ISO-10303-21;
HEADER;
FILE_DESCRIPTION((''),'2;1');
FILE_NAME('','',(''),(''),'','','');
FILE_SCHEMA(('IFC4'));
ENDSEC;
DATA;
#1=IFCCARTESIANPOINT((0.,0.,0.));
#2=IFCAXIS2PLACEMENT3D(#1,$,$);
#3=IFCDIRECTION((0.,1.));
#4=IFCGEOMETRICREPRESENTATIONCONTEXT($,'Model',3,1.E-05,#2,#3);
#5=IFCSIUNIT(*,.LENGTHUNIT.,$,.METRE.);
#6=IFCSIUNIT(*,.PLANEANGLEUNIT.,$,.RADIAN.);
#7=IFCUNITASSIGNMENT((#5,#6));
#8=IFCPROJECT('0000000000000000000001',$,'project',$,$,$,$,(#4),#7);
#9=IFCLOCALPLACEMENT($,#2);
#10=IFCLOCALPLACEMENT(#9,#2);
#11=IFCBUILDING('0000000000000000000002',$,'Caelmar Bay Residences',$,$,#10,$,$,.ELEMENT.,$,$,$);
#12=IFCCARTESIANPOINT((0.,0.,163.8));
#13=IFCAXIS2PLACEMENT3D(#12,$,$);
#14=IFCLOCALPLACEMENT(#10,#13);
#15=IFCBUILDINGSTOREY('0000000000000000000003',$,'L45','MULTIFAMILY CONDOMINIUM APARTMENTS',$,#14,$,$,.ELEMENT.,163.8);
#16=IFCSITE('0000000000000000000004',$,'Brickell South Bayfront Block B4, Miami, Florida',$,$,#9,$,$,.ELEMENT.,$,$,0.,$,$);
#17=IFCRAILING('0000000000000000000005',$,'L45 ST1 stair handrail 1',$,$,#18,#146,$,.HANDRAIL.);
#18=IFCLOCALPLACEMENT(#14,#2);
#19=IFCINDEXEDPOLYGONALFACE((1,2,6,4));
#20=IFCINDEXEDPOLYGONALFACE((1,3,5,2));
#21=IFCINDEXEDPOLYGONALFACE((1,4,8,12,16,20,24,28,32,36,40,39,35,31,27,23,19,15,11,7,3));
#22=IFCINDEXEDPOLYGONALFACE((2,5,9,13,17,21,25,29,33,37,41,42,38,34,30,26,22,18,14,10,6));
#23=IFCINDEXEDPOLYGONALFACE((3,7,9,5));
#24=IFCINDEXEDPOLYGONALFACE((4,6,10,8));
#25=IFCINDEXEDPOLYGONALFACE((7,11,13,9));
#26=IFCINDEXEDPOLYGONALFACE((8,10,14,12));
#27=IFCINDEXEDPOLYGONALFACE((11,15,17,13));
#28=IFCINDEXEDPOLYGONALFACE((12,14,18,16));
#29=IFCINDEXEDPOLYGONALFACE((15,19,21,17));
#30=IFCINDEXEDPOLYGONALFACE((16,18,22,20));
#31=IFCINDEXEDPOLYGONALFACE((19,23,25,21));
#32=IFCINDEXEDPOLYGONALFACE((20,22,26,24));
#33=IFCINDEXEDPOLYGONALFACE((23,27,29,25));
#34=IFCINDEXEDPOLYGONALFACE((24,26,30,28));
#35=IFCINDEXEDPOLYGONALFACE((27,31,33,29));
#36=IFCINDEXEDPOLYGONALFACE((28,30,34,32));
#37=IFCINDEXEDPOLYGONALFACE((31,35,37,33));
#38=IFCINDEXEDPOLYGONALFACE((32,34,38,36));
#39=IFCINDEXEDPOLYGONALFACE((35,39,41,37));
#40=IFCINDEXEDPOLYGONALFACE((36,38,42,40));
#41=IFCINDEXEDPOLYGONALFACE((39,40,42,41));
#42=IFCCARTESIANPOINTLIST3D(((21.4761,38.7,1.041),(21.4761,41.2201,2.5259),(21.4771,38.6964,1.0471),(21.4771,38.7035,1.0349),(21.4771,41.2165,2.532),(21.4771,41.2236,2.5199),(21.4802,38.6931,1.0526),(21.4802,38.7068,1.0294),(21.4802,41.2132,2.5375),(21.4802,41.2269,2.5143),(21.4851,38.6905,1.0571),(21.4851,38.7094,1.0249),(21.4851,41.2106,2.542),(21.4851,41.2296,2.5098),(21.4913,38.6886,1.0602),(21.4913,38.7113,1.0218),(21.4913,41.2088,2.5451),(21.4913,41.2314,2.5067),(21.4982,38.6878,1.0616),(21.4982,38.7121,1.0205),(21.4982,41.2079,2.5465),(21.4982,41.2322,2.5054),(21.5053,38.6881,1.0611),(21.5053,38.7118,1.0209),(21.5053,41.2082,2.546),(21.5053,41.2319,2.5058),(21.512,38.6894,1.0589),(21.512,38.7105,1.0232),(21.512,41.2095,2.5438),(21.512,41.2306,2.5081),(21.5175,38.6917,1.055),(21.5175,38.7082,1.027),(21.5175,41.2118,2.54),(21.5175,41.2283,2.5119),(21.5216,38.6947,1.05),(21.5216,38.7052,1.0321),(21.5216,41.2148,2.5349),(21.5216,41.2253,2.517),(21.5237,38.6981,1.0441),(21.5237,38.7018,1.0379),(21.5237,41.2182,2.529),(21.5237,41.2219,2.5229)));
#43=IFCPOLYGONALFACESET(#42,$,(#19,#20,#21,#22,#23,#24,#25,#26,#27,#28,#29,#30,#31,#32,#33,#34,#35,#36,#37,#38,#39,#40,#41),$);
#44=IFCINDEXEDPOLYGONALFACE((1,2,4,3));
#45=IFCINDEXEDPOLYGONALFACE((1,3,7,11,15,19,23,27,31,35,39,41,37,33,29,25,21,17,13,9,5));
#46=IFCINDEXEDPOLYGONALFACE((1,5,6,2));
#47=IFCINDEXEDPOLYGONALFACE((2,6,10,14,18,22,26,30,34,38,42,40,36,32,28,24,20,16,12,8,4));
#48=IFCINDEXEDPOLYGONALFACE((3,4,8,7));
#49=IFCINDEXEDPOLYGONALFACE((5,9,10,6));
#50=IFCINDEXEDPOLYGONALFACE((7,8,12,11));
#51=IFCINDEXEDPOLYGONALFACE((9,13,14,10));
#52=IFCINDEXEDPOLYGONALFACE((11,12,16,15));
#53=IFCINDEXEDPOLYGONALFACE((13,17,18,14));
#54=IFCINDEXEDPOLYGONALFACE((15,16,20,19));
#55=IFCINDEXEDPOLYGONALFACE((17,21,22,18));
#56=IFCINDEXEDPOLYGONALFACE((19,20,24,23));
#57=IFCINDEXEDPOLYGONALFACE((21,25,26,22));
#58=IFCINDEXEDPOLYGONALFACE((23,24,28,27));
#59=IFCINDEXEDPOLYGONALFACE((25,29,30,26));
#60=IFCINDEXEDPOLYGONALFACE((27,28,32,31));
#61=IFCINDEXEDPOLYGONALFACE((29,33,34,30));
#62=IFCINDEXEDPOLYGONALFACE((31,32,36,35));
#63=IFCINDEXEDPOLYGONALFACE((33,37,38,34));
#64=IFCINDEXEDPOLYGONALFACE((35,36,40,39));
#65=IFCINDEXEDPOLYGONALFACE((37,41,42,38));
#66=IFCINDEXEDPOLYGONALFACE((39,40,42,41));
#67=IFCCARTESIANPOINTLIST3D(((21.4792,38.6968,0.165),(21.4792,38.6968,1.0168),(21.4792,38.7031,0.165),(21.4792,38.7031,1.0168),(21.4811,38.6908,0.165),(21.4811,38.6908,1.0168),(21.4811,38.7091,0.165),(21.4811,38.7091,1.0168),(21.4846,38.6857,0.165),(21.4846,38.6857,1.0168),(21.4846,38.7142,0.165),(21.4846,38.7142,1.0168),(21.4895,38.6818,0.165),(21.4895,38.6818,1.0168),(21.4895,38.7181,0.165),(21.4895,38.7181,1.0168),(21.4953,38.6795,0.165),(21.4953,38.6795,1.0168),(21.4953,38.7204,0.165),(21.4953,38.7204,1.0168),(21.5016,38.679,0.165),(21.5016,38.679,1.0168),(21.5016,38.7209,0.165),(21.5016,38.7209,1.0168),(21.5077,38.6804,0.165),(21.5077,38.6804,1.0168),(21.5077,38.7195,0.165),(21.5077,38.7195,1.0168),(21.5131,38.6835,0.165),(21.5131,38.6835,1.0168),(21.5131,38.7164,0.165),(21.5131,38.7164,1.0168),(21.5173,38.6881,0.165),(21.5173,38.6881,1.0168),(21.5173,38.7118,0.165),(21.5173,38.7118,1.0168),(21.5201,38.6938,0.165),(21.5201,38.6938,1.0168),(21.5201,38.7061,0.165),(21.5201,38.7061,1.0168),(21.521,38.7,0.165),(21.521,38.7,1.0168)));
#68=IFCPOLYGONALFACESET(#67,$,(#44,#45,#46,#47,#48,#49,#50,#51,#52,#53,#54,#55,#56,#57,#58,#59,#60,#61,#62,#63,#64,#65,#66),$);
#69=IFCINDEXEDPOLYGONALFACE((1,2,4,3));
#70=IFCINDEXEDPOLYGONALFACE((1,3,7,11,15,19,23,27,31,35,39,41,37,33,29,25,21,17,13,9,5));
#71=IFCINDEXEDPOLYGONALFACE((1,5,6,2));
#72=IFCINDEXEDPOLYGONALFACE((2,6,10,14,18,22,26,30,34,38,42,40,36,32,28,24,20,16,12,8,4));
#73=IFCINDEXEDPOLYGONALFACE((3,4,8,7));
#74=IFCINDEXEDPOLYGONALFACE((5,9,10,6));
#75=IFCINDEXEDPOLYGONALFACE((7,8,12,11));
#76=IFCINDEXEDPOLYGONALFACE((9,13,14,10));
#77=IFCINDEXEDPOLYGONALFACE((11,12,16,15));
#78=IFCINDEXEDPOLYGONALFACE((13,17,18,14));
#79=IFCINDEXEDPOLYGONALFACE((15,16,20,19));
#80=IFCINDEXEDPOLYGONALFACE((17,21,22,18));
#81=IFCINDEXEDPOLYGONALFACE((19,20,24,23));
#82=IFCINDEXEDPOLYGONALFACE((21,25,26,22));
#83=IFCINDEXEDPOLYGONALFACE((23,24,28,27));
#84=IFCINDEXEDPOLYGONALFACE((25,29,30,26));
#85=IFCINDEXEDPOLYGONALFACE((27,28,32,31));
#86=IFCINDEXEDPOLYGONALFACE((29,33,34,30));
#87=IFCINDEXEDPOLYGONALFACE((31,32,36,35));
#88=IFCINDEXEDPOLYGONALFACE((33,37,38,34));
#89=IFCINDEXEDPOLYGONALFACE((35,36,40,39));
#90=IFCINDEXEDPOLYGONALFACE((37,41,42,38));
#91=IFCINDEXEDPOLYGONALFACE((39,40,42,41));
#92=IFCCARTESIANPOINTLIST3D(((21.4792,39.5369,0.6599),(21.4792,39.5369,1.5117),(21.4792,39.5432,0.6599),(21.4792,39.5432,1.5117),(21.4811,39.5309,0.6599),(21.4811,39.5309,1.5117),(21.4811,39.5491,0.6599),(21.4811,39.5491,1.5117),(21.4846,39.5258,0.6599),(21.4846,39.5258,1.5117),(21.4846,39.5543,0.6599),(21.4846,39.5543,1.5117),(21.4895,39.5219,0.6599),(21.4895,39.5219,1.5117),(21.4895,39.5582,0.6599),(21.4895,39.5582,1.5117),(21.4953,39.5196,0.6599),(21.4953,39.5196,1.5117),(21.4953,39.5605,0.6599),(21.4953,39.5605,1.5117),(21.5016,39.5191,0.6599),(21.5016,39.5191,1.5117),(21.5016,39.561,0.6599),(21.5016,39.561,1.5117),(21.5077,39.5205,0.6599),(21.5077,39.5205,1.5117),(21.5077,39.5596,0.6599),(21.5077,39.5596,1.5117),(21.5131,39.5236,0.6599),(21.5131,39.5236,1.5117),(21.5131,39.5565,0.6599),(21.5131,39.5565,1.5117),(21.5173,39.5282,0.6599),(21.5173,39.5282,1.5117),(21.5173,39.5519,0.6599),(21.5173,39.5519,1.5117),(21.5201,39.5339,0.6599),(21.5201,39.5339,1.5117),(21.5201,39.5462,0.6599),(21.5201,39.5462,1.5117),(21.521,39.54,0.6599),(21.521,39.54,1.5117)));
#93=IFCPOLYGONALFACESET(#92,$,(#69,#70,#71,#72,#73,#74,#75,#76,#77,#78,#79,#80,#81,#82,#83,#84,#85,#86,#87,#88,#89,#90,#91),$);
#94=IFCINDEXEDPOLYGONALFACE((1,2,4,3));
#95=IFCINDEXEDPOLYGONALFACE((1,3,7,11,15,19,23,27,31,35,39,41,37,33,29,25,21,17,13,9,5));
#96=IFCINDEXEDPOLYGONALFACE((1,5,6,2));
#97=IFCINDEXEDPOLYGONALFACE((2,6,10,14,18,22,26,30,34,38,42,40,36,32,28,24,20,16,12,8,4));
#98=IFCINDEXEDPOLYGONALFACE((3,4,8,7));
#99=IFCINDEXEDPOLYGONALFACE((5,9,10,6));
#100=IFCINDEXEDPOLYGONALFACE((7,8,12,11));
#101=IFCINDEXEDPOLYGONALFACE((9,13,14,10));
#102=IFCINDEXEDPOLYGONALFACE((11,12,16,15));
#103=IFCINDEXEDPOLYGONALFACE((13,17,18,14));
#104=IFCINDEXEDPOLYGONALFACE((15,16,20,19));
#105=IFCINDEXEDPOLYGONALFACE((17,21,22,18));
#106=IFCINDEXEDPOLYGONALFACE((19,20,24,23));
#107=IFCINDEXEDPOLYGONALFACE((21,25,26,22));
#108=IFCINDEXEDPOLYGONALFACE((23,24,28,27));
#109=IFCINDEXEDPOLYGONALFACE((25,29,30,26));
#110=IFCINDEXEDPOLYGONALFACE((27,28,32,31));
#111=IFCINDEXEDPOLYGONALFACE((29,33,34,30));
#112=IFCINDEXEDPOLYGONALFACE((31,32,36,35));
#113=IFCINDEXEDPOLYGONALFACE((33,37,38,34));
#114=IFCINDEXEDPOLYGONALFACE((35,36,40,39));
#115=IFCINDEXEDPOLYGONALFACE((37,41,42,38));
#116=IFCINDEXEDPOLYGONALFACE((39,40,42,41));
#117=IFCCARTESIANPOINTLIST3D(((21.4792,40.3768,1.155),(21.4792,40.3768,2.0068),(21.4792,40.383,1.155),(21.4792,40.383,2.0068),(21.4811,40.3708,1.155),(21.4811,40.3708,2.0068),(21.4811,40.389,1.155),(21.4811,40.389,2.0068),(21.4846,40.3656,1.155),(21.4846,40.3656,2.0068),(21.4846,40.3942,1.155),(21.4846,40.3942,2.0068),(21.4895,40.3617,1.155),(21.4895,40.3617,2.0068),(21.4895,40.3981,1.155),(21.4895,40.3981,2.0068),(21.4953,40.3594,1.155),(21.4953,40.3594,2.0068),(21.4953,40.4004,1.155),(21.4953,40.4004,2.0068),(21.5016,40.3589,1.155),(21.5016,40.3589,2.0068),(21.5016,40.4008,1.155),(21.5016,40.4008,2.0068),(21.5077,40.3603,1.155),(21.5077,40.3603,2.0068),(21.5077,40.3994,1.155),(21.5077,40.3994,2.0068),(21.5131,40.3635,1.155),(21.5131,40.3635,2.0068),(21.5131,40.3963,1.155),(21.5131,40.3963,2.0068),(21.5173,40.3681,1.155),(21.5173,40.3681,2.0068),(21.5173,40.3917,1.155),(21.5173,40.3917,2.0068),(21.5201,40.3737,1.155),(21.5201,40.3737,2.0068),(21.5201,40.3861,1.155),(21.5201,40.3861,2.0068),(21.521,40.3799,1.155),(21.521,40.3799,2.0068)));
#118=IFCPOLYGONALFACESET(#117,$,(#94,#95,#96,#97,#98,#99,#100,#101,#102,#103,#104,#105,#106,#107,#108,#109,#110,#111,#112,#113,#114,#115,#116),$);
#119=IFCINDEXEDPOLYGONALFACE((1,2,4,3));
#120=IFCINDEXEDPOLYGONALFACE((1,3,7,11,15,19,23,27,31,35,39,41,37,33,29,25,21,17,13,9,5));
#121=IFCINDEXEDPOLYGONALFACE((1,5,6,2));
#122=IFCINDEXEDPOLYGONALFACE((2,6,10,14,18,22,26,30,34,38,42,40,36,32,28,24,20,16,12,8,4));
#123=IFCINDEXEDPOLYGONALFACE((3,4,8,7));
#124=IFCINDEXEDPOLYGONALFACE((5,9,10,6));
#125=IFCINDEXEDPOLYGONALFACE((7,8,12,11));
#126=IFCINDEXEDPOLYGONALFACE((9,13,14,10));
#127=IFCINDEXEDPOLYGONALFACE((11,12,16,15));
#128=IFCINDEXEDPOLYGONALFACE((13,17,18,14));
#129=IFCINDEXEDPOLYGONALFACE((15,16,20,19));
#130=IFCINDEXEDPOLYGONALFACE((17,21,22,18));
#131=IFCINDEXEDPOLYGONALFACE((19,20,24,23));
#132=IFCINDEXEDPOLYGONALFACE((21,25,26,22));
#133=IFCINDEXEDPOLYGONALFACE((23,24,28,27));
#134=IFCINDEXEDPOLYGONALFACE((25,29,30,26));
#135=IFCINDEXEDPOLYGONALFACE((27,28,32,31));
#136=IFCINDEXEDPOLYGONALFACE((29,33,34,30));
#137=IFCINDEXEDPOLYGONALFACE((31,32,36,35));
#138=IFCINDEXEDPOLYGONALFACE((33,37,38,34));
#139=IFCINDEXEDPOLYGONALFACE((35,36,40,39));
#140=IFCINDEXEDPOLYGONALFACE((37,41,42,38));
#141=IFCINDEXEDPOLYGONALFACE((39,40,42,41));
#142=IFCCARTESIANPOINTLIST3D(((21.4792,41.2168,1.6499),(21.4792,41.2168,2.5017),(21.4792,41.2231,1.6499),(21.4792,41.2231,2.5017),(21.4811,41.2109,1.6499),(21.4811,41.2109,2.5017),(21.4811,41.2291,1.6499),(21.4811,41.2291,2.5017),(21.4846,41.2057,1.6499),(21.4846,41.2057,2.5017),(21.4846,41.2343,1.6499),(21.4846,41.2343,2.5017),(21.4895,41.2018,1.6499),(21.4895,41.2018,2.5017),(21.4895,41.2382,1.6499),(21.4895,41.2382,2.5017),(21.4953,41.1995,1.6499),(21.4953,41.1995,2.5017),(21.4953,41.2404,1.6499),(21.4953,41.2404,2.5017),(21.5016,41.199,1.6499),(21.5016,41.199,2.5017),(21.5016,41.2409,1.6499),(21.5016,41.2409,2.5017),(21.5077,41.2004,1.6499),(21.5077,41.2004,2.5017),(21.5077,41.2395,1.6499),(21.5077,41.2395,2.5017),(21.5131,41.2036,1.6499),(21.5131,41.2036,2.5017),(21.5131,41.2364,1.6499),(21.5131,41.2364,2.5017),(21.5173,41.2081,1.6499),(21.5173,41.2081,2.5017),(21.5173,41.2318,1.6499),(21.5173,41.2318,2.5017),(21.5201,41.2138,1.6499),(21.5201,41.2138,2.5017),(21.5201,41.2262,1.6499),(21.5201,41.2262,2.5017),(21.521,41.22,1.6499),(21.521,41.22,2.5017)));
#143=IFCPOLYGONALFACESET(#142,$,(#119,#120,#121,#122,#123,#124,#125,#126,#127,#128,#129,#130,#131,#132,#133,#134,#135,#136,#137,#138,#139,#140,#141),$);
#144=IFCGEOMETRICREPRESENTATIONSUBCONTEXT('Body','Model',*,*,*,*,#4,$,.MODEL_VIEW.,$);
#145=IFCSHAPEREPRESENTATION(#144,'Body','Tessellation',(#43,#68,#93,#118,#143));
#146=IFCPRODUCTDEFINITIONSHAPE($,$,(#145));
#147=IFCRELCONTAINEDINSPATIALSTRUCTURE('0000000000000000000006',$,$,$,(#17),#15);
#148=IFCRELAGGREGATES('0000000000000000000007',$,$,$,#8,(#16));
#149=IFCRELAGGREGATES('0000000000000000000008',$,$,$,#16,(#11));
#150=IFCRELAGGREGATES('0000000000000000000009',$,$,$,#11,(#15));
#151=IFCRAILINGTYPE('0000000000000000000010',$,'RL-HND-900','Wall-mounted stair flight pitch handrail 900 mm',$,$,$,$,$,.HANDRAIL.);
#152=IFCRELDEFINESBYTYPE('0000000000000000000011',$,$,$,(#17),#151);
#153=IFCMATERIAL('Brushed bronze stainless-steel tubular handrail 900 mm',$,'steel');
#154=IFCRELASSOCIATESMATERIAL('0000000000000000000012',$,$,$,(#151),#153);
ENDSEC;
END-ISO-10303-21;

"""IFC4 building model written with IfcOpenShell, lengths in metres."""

from ifc_helpers import new_model, si_unit, direction, frame, origin, origin_2d, place, context, subcontext, project, spatial, circle, extrude, material, type_object, element, save


model = new_model("IFC4")

# Units and contexts
model_context = context("Model", 3, precision=1e-05, world=origin(), true_north=direction((0.0, 1.0)))
body_context = subcontext(model_context, "Body", "Model", "MODEL_VIEW")
ifc_project = project(units=[si_unit("LENGTHUNIT", "METRE"), si_unit("PLANEANGLEUNIT", "RADIAN")], contexts=[model_context])

# Site, building, storey
site_placement = place(None, origin())
site = spatial("IfcSite", under=ifc_project, at=site_placement, Name="Brickell South Bayfront Block B4, Miami, Florida", CompositionType="ELEMENT", RefElevation=0.0)
building_placement = place(site_placement, origin())
building = spatial("IfcBuilding", under=site, at=building_placement, Name="Caelmar Bay Residences", CompositionType="ELEMENT")
storey_placement = place(building_placement, frame((0.0, 0.0, 163.8)))
storey = spatial("IfcBuildingStorey", under=building, at=storey_placement, Name="L45", Description="MULTIFAMILY CONDOMINIUM APARTMENTS", CompositionType="ELEMENT", Elevation=163.8)

# Railing
ifc_material_1 = material(Name="Brushed bronze stainless-steel tubular handrail 900 mm", Category="steel")
railing_type_1 = type_object("IfcRailingType", Name="RL-HND-900", Description="Wall-mounted stair flight pitch handrail 900 mm", PredefinedType="HANDRAIL", material=ifc_material_1)
railing_1_placement = place(storey_placement, frame((21.5, 38.7, 0.165)))
element("IfcRailing", 1, at=railing_1_placement, inside=storey, type_object=railing_type_1, Name="L45 ST1 stair handrail 1", PredefinedType="HANDRAIL", context=body_context, shape_type="SweptSolid", body=[
    extrude(circle(Radius=0.0239, at=origin_2d()), frame((0.0, 0.0, 0.876), z_axis=(0.0, 0.861561, 0.507655), x_axis=(-1.0, 0.0, 0.0)), (0.0, 0.0, 1.0), 2.925),
    extrude(circle(Radius=0.021, at=origin_2d()), origin(), (0.0, 0.0, 1.0), 0.8518),
    extrude(circle(Radius=0.021, at=origin_2d()), frame((0.0, 0.8401, 0.4949)), (0.0, 0.0, 1.0), 0.8518),
    extrude(circle(Radius=0.021, at=origin_2d()), frame((0.0, 1.6799, 0.99)), (0.0, 0.0, 1.0), 0.8518),
    extrude(circle(Radius=0.021, at=origin_2d()), frame((0.0, 2.52, 1.4849)), (0.0, 0.0, 1.0), 0.8518),
])

save(model, "model.ifc")
